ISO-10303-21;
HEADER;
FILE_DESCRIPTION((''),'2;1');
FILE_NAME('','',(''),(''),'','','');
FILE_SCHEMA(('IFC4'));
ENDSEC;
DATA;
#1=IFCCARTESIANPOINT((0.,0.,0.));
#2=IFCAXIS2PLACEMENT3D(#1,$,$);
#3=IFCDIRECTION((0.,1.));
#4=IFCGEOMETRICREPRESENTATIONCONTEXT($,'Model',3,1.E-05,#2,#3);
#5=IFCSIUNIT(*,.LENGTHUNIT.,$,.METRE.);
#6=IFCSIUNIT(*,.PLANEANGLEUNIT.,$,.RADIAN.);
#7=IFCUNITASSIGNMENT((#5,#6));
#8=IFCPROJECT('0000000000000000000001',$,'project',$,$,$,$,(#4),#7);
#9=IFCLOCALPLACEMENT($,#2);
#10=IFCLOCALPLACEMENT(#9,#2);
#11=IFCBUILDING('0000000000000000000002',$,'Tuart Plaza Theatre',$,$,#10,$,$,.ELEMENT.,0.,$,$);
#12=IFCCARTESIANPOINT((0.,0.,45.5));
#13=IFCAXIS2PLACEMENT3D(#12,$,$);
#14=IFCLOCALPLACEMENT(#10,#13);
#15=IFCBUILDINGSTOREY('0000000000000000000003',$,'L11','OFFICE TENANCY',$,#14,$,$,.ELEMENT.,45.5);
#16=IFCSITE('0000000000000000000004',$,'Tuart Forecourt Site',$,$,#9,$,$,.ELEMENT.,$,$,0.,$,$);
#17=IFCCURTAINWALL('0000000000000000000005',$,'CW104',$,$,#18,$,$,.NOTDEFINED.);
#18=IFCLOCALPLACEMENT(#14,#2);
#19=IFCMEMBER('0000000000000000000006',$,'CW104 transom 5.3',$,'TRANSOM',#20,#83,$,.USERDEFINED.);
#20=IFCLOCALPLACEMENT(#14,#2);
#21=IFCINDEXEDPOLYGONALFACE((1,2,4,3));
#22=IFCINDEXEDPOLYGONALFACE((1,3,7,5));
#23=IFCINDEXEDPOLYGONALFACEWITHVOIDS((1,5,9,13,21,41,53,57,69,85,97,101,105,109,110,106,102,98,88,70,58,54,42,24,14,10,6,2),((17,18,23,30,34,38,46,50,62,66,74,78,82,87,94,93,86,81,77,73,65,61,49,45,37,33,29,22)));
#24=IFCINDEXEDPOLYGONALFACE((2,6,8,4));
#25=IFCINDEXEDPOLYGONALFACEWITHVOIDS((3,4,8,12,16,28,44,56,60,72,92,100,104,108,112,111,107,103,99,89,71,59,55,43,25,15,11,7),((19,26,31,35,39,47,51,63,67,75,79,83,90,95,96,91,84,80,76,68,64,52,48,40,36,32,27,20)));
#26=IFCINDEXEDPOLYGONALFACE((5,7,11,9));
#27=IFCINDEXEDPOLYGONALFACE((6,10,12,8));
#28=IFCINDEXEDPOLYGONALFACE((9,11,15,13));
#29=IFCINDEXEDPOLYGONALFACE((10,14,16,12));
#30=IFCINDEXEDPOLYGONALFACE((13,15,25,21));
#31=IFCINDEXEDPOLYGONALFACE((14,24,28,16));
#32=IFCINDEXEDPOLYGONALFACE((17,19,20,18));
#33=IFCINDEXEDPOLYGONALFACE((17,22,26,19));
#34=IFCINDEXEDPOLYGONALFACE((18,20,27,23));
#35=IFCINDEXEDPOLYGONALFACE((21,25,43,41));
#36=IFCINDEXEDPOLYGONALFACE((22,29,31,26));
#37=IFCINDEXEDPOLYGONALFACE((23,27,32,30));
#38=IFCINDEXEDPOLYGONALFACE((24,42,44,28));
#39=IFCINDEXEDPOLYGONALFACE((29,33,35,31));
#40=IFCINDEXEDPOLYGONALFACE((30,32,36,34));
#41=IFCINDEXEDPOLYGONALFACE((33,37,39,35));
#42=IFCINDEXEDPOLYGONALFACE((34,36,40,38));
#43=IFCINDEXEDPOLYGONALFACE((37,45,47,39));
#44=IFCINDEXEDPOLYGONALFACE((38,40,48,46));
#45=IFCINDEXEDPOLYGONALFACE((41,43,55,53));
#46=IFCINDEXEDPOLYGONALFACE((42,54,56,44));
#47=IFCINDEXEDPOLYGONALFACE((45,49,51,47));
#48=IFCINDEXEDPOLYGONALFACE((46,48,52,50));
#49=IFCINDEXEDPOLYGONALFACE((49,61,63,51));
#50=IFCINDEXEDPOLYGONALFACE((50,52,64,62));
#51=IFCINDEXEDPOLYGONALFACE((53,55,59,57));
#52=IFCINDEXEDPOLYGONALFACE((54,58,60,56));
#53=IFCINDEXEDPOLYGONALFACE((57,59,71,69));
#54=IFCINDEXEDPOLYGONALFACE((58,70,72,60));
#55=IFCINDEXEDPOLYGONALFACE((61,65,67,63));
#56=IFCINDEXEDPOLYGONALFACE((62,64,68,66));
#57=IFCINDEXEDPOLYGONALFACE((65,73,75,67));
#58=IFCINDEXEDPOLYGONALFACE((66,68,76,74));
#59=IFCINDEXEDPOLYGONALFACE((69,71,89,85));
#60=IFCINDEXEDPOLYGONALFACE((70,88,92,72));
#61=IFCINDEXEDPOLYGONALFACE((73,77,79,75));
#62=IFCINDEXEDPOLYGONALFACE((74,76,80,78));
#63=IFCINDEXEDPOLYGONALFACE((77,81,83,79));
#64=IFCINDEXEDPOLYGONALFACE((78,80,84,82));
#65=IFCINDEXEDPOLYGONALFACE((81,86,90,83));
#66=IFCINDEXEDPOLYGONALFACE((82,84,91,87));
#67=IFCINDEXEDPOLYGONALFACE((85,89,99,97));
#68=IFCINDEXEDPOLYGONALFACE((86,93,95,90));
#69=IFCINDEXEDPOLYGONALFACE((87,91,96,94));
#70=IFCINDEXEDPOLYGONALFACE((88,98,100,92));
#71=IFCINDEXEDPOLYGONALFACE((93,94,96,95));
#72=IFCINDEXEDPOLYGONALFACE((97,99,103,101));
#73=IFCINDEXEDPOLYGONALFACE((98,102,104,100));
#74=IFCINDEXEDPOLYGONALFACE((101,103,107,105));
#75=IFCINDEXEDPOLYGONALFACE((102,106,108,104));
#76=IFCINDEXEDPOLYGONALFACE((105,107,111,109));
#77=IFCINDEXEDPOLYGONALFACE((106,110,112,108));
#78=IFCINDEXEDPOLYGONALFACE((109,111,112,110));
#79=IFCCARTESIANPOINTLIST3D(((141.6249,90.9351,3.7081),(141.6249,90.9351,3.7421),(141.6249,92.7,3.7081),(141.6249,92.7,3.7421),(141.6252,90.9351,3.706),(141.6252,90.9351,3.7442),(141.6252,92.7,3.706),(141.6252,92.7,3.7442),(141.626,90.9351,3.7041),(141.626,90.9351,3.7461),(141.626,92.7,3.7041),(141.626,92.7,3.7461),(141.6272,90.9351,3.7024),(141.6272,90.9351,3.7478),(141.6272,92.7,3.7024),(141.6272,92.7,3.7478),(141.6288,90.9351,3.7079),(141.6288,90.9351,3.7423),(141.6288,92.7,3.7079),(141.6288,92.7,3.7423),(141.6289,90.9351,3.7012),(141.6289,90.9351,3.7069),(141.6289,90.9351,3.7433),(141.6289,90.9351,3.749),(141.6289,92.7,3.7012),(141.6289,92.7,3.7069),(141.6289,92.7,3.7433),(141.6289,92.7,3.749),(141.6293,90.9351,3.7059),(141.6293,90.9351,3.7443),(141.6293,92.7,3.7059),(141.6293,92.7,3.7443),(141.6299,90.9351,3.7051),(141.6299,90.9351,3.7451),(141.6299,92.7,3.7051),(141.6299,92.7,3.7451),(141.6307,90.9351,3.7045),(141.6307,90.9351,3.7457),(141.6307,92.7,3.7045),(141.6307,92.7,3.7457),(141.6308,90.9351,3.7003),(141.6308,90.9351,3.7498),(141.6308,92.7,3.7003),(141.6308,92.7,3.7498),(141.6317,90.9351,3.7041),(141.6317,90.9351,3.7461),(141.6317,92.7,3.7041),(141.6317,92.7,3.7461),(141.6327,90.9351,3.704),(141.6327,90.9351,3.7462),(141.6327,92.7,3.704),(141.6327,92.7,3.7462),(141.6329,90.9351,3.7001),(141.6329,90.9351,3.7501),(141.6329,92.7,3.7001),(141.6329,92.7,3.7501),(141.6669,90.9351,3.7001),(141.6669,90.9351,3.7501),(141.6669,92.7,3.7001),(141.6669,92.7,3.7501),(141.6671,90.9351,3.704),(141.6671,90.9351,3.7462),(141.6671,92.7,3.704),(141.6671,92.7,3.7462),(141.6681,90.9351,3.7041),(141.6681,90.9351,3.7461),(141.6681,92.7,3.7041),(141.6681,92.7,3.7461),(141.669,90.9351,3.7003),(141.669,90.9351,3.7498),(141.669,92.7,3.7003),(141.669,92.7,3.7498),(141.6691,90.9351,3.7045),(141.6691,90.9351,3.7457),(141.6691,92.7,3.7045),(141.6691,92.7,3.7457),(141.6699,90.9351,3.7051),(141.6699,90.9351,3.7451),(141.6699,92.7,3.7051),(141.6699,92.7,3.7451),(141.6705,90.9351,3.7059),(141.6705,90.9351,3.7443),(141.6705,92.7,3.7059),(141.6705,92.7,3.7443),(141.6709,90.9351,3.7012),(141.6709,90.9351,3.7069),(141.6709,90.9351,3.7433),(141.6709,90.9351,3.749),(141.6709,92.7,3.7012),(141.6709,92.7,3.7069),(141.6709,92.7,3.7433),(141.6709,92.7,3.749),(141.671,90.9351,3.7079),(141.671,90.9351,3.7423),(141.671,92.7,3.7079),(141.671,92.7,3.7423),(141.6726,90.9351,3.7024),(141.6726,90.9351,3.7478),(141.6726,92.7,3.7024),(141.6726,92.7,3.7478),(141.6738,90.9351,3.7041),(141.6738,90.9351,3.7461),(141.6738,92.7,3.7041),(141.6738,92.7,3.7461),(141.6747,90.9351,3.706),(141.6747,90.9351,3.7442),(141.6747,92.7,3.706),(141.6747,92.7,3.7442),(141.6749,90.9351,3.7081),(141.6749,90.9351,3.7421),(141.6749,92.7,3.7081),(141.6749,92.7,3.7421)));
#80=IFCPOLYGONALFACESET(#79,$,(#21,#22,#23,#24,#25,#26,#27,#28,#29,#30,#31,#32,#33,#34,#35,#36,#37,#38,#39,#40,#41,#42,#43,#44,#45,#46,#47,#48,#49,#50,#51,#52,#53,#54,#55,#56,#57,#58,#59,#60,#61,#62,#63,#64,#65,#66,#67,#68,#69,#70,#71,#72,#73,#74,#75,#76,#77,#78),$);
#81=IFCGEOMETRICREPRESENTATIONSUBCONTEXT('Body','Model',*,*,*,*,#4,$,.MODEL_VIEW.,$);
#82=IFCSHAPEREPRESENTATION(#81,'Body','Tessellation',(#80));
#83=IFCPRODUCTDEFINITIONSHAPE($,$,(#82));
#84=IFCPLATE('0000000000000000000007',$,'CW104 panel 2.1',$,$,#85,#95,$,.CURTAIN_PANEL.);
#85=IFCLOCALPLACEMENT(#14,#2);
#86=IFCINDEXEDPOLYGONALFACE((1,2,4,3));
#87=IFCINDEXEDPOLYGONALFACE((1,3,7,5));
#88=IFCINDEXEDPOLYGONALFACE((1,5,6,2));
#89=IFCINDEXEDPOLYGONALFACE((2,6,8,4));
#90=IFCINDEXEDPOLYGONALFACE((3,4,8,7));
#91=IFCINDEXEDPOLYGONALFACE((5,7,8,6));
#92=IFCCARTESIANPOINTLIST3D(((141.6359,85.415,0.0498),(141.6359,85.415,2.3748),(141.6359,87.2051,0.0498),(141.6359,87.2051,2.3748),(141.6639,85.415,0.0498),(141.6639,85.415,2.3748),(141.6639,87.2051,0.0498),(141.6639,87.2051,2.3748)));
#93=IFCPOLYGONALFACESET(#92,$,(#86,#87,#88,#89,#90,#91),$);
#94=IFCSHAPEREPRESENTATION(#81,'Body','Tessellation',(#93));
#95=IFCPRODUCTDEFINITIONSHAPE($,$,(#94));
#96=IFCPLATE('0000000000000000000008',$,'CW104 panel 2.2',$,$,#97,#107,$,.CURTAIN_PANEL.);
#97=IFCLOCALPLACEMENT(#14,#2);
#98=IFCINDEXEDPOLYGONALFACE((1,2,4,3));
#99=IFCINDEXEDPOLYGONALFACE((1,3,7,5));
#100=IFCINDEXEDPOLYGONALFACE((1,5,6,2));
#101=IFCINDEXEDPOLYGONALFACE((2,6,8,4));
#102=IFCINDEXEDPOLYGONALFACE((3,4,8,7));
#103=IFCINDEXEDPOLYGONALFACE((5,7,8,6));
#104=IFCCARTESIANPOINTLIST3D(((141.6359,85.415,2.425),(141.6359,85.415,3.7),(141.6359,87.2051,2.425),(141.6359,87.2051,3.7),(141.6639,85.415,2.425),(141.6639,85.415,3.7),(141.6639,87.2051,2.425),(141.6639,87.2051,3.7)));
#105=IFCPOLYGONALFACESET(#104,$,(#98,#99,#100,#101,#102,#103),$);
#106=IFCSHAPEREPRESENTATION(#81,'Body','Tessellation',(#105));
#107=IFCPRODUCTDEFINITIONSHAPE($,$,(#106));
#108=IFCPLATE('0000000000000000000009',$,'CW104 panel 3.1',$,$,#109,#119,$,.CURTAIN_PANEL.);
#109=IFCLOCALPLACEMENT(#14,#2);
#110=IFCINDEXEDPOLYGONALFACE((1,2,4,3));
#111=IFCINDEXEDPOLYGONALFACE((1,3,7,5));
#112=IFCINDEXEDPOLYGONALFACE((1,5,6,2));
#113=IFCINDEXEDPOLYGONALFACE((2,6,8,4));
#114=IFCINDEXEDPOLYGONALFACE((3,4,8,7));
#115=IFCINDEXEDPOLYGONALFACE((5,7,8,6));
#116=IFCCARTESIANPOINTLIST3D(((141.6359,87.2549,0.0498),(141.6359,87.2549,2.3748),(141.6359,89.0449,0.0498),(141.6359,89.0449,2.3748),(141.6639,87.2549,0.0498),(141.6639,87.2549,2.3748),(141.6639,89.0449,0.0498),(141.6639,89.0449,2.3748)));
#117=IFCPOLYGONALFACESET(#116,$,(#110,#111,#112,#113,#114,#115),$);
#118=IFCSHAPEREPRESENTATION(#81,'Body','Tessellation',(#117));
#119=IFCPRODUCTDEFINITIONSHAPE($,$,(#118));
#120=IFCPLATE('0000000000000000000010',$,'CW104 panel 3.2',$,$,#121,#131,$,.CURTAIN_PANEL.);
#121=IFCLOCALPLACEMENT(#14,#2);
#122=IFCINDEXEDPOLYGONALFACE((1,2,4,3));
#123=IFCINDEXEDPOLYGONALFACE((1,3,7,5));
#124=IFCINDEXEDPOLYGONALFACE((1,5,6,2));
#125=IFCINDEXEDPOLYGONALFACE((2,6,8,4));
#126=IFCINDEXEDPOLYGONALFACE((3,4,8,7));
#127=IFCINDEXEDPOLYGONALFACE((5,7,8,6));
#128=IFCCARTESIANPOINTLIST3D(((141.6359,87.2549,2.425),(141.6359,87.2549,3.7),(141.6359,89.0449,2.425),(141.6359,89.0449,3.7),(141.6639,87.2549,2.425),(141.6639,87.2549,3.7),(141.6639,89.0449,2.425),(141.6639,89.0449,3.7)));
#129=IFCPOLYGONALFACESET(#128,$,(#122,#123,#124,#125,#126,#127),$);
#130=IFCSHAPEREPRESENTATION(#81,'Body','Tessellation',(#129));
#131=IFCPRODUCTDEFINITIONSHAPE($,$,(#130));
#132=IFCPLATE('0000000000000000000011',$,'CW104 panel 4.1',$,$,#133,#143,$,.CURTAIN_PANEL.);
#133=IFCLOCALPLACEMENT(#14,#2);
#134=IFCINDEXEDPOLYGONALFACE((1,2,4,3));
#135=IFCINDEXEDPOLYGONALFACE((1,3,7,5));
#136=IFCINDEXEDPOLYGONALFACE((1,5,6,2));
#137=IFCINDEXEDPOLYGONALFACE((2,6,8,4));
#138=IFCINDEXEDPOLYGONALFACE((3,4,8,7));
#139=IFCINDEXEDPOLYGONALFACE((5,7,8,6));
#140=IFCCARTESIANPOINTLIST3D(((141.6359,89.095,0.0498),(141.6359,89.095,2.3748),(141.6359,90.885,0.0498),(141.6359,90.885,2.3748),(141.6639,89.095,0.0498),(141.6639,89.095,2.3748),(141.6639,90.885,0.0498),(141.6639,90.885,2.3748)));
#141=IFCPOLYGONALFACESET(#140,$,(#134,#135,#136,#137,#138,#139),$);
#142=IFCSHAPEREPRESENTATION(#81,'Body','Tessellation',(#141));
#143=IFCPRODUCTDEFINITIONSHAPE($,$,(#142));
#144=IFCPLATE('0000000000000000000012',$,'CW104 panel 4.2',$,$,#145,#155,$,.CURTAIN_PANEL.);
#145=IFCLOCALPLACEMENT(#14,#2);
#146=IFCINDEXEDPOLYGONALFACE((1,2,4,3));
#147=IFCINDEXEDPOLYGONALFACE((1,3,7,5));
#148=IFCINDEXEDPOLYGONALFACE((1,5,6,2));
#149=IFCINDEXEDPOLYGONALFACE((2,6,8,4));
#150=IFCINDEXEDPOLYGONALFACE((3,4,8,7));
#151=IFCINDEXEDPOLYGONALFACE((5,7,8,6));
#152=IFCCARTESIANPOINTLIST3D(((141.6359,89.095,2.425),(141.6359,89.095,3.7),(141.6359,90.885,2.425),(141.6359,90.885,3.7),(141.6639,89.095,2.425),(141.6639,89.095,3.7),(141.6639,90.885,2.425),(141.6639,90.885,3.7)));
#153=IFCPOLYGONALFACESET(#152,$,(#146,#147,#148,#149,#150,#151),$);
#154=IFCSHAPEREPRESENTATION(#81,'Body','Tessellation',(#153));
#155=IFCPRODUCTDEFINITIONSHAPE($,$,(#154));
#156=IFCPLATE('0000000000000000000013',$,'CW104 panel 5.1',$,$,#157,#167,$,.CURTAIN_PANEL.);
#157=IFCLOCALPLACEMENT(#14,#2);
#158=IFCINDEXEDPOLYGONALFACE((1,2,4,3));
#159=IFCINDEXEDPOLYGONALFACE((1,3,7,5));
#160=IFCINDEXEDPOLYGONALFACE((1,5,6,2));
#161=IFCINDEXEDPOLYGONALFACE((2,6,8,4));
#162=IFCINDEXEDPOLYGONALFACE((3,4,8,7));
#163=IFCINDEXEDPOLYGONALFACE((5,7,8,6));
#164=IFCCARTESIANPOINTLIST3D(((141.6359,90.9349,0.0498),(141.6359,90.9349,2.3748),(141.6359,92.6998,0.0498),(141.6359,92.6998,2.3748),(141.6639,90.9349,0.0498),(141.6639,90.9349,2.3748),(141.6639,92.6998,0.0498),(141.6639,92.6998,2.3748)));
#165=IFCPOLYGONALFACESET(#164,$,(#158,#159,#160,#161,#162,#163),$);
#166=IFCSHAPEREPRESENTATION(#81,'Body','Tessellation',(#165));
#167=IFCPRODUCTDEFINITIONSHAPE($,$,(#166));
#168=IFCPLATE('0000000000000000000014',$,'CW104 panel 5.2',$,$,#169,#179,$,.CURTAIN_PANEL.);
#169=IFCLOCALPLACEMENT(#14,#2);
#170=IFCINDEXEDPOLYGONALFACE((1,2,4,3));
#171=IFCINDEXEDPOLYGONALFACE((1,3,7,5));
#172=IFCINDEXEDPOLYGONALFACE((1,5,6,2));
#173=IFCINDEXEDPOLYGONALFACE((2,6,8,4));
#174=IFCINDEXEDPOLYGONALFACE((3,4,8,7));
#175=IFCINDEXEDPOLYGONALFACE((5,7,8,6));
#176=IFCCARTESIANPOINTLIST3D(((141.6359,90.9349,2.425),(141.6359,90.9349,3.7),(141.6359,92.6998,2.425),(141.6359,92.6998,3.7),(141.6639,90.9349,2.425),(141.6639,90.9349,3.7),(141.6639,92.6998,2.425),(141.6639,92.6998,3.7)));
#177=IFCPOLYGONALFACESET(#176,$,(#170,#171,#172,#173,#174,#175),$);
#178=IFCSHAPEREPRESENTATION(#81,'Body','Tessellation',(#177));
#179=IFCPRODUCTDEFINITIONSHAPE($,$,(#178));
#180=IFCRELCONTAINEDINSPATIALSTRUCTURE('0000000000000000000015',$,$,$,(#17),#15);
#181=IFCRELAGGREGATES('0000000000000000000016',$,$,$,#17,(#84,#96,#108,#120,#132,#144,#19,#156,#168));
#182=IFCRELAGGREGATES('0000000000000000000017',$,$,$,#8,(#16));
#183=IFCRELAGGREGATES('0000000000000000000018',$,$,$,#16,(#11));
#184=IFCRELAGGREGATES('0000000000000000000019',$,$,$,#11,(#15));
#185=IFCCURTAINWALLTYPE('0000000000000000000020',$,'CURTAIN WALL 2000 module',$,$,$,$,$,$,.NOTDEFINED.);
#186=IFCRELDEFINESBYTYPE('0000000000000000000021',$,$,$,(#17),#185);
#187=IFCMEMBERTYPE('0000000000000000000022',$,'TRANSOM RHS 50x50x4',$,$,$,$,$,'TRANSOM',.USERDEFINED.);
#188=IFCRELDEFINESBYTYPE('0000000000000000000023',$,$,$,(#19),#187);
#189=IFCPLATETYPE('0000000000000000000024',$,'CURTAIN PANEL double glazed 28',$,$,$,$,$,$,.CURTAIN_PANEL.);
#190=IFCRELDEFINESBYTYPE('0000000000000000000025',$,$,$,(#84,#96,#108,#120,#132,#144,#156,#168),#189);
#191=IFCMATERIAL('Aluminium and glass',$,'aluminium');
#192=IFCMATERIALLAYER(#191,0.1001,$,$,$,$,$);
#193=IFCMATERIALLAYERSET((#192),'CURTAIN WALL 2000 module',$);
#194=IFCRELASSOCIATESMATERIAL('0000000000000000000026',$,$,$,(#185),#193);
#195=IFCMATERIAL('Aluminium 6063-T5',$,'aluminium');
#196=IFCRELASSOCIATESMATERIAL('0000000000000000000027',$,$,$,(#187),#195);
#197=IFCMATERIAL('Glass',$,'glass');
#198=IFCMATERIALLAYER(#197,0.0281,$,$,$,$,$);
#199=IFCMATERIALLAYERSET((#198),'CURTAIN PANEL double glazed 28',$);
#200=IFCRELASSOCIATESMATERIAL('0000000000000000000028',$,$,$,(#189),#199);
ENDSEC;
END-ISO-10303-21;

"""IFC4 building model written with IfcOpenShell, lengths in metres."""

from ifc_helpers import new_model, si_unit, direction, frame, origin, origin_2d, place, context, subcontext, project, spatial, rectangle, hollow_rectangle, extrude, material, layer, layer_set, material_profile, profile_set, type_object, element, aggregate, save


model = new_model("IFC4")

# Units and contexts
model_context = context("Model", 3, precision=1e-05, world=origin(), true_north=direction((0.0, 1.0)))
body_context = subcontext(model_context, "Body", "Model", "MODEL_VIEW")
ifc_project = project(units=[si_unit("LENGTHUNIT", "METRE"), si_unit("PLANEANGLEUNIT", "RADIAN")], contexts=[model_context])

# Site, building, storey
site_placement = place(None, origin())
site = spatial("IfcSite", under=ifc_project, at=site_placement, Name="Tuart Forecourt Site", CompositionType="ELEMENT", RefElevation=0.0)
building_placement = place(site_placement, origin())
building = spatial("IfcBuilding", under=site, at=building_placement, Name="Tuart Plaza Theatre", CompositionType="ELEMENT", ElevationOfRefHeight=0.0)
storey_placement = place(building_placement, frame((0.0, 0.0, 45.5)))
storey = spatial("IfcBuildingStorey", under=building, at=storey_placement, Name="L11", Description="OFFICE TENANCY", CompositionType="ELEMENT", Elevation=45.5)

# Curtain wall, member, plates
ifc_material_1 = material(Name="Aluminium and glass", Category="aluminium")
ifc_layer_1 = layer(ifc_material_1, 0.1001)
ifc_layer_set_1 = layer_set([ifc_layer_1], Name="CURTAIN WALL 2000 module")
curtain_wall_type = type_object("IfcCurtainWallType", Name="CURTAIN WALL 2000 module", PredefinedType="NOTDEFINED", material=ifc_layer_set_1)
curtain_wall_placement = place(storey_placement, origin())
curtain_wall = element("IfcCurtainWall", 1, at=curtain_wall_placement, inside=storey, type_object=curtain_wall_type, Name="CW104", PredefinedType="NOTDEFINED")
ifc_material_2 = material(Name="Aluminium 6063-T5", Category="aluminium")
ifc_material_profile_1 = material_profile(ifc_material_2, hollow_rectangle(XDim=0.05, YDim=0.05, WallThickness=0.0039, InnerFilletRadius=0.0039, OuterFilletRadius=0.0081, at=origin_2d()), Name="RHS 50x50x4")
ifc_profile_set_1 = profile_set([ifc_material_profile_1], Name="Aluminium 6063-T5")
member_type_1 = type_object("IfcMemberType", Name="TRANSOM RHS 50x50x4", ElementType="TRANSOM", PredefinedType="USERDEFINED", material=ifc_profile_set_1)
member_1_placement = place(storey_placement, frame((141.6499, 90.9351, 3.7251), z_axis=(0.0, 1.0, 0.0), x_axis=(-1.0, 0.0, 0.0)))
member_1 = element("IfcMember", 2, at=member_1_placement, type_object=member_type_1, Name="CW104 transom 5.3", ObjectType="TRANSOM", PredefinedType="USERDEFINED", context=body_context, shape_type="SweptSolid", body=[
    extrude(hollow_rectangle(XDim=0.05, YDim=0.05, WallThickness=0.0039, InnerFilletRadius=0.0039, OuterFilletRadius=0.0081, at=origin_2d()), origin(), (0.0, 0.0, 1.0), 1.7649),
])
ifc_material_3 = material(Name="Glass", Category="glass")
ifc_layer_2 = layer(ifc_material_3, 0.0281)
ifc_layer_set_2 = layer_set([ifc_layer_2], Name="CURTAIN PANEL double glazed 28")
plate_type = type_object("IfcPlateType", Name="CURTAIN PANEL double glazed 28", PredefinedType="CURTAIN_PANEL", material=ifc_layer_set_2)
plate_1_placement = place(storey_placement, frame((141.6499, 86.3101, 0.0498), z_axis=(0.0, 0.0, 1.0), x_axis=(0.0, 1.0, 0.0)))
plate_1 = element("IfcPlate", 3, at=plate_1_placement, type_object=plate_type, Name="CW104 panel 2.1", PredefinedType="CURTAIN_PANEL", context=body_context, shape_type="SweptSolid", body=[
    extrude(rectangle(XDim=1.79, YDim=0.0281, at=origin_2d()), origin(), (0.0, 0.0, 1.0), 2.325),
])
plate_2_placement = place(storey_placement, frame((141.6499, 86.3101, 2.425), z_axis=(0.0, 0.0, 1.0), x_axis=(0.0, 1.0, 0.0)))
plate_2 = element("IfcPlate", 4, at=plate_2_placement, type_object=plate_type, Name="CW104 panel 2.2", PredefinedType="CURTAIN_PANEL", context=body_context, shape_type="SweptSolid", body=[
    extrude(rectangle(XDim=1.79, YDim=0.0281, at=origin_2d()), origin(), (0.0, 0.0, 1.0), 1.2749),
])
plate_3_placement = place(storey_placement, frame((141.6499, 88.1499, 0.0498), z_axis=(0.0, 0.0, 1.0), x_axis=(0.0, 1.0, 0.0)))
plate_3 = element("IfcPlate", 5, at=plate_3_placement, type_object=plate_type, Name="CW104 panel 3.1", PredefinedType="CURTAIN_PANEL", context=body_context, shape_type="SweptSolid", body=[
    extrude(rectangle(XDim=1.79, YDim=0.0281, at=origin_2d()), origin(), (0.0, 0.0, 1.0), 2.325),
])
plate_4_placement = place(storey_placement, frame((141.6499, 88.1499, 2.425), z_axis=(0.0, 0.0, 1.0), x_axis=(0.0, 1.0, 0.0)))
plate_4 = element("IfcPlate", 6, at=plate_4_placement, type_object=plate_type, Name="CW104 panel 3.2", PredefinedType="CURTAIN_PANEL", context=body_context, shape_type="SweptSolid", body=[
    extrude(rectangle(XDim=1.79, YDim=0.0281, at=origin_2d()), origin(), (0.0, 0.0, 1.0), 1.2749),
])
plate_5_placement = place(storey_placement, frame((141.6499, 89.99, 0.0498), z_axis=(0.0, 0.0, 1.0), x_axis=(0.0, 1.0, 0.0)))
plate_5 = element("IfcPlate", 7, at=plate_5_placement, type_object=plate_type, Name="CW104 panel 4.1", PredefinedType="CURTAIN_PANEL", context=body_context, shape_type="SweptSolid", body=[
    extrude(rectangle(XDim=1.79, YDim=0.0281, at=origin_2d()), origin(), (0.0, 0.0, 1.0), 2.325),
])
plate_6_placement = place(storey_placement, frame((141.6499, 89.99, 2.425), z_axis=(0.0, 0.0, 1.0), x_axis=(0.0, 1.0, 0.0)))
plate_6 = element("IfcPlate", 8, at=plate_6_placement, type_object=plate_type, Name="CW104 panel 4.2", PredefinedType="CURTAIN_PANEL", context=body_context, shape_type="SweptSolid", body=[
    extrude(rectangle(XDim=1.79, YDim=0.0281, at=origin_2d()), origin(), (0.0, 0.0, 1.0), 1.2749),
])
plate_7_placement = place(storey_placement, frame((141.6499, 91.8174, 0.0498), z_axis=(0.0, 0.0, 1.0), x_axis=(0.0, 1.0, 0.0)))
plate_7 = element("IfcPlate", 9, at=plate_7_placement, type_object=plate_type, Name="CW104 panel 5.1", PredefinedType="CURTAIN_PANEL", context=body_context, shape_type="SweptSolid", body=[
    extrude(rectangle(XDim=1.7649, YDim=0.0281, at=origin_2d()), origin(), (0.0, 0.0, 1.0), 2.325),
])
plate_8_placement = place(storey_placement, frame((141.6499, 91.8174, 2.425), z_axis=(0.0, 0.0, 1.0), x_axis=(0.0, 1.0, 0.0)))
plate_8 = element("IfcPlate", 10, at=plate_8_placement, type_object=plate_type, Name="CW104 panel 5.2", PredefinedType="CURTAIN_PANEL", context=body_context, shape_type="SweptSolid", body=[
    extrude(rectangle(XDim=1.7649, YDim=0.0281, at=origin_2d()), origin(), (0.0, 0.0, 1.0), 1.2749),
])
aggregate(curtain_wall, [plate_1, plate_2, plate_3, plate_4, plate_5, plate_6, member_1, plate_7, plate_8])

save(model, "model.ifc")
